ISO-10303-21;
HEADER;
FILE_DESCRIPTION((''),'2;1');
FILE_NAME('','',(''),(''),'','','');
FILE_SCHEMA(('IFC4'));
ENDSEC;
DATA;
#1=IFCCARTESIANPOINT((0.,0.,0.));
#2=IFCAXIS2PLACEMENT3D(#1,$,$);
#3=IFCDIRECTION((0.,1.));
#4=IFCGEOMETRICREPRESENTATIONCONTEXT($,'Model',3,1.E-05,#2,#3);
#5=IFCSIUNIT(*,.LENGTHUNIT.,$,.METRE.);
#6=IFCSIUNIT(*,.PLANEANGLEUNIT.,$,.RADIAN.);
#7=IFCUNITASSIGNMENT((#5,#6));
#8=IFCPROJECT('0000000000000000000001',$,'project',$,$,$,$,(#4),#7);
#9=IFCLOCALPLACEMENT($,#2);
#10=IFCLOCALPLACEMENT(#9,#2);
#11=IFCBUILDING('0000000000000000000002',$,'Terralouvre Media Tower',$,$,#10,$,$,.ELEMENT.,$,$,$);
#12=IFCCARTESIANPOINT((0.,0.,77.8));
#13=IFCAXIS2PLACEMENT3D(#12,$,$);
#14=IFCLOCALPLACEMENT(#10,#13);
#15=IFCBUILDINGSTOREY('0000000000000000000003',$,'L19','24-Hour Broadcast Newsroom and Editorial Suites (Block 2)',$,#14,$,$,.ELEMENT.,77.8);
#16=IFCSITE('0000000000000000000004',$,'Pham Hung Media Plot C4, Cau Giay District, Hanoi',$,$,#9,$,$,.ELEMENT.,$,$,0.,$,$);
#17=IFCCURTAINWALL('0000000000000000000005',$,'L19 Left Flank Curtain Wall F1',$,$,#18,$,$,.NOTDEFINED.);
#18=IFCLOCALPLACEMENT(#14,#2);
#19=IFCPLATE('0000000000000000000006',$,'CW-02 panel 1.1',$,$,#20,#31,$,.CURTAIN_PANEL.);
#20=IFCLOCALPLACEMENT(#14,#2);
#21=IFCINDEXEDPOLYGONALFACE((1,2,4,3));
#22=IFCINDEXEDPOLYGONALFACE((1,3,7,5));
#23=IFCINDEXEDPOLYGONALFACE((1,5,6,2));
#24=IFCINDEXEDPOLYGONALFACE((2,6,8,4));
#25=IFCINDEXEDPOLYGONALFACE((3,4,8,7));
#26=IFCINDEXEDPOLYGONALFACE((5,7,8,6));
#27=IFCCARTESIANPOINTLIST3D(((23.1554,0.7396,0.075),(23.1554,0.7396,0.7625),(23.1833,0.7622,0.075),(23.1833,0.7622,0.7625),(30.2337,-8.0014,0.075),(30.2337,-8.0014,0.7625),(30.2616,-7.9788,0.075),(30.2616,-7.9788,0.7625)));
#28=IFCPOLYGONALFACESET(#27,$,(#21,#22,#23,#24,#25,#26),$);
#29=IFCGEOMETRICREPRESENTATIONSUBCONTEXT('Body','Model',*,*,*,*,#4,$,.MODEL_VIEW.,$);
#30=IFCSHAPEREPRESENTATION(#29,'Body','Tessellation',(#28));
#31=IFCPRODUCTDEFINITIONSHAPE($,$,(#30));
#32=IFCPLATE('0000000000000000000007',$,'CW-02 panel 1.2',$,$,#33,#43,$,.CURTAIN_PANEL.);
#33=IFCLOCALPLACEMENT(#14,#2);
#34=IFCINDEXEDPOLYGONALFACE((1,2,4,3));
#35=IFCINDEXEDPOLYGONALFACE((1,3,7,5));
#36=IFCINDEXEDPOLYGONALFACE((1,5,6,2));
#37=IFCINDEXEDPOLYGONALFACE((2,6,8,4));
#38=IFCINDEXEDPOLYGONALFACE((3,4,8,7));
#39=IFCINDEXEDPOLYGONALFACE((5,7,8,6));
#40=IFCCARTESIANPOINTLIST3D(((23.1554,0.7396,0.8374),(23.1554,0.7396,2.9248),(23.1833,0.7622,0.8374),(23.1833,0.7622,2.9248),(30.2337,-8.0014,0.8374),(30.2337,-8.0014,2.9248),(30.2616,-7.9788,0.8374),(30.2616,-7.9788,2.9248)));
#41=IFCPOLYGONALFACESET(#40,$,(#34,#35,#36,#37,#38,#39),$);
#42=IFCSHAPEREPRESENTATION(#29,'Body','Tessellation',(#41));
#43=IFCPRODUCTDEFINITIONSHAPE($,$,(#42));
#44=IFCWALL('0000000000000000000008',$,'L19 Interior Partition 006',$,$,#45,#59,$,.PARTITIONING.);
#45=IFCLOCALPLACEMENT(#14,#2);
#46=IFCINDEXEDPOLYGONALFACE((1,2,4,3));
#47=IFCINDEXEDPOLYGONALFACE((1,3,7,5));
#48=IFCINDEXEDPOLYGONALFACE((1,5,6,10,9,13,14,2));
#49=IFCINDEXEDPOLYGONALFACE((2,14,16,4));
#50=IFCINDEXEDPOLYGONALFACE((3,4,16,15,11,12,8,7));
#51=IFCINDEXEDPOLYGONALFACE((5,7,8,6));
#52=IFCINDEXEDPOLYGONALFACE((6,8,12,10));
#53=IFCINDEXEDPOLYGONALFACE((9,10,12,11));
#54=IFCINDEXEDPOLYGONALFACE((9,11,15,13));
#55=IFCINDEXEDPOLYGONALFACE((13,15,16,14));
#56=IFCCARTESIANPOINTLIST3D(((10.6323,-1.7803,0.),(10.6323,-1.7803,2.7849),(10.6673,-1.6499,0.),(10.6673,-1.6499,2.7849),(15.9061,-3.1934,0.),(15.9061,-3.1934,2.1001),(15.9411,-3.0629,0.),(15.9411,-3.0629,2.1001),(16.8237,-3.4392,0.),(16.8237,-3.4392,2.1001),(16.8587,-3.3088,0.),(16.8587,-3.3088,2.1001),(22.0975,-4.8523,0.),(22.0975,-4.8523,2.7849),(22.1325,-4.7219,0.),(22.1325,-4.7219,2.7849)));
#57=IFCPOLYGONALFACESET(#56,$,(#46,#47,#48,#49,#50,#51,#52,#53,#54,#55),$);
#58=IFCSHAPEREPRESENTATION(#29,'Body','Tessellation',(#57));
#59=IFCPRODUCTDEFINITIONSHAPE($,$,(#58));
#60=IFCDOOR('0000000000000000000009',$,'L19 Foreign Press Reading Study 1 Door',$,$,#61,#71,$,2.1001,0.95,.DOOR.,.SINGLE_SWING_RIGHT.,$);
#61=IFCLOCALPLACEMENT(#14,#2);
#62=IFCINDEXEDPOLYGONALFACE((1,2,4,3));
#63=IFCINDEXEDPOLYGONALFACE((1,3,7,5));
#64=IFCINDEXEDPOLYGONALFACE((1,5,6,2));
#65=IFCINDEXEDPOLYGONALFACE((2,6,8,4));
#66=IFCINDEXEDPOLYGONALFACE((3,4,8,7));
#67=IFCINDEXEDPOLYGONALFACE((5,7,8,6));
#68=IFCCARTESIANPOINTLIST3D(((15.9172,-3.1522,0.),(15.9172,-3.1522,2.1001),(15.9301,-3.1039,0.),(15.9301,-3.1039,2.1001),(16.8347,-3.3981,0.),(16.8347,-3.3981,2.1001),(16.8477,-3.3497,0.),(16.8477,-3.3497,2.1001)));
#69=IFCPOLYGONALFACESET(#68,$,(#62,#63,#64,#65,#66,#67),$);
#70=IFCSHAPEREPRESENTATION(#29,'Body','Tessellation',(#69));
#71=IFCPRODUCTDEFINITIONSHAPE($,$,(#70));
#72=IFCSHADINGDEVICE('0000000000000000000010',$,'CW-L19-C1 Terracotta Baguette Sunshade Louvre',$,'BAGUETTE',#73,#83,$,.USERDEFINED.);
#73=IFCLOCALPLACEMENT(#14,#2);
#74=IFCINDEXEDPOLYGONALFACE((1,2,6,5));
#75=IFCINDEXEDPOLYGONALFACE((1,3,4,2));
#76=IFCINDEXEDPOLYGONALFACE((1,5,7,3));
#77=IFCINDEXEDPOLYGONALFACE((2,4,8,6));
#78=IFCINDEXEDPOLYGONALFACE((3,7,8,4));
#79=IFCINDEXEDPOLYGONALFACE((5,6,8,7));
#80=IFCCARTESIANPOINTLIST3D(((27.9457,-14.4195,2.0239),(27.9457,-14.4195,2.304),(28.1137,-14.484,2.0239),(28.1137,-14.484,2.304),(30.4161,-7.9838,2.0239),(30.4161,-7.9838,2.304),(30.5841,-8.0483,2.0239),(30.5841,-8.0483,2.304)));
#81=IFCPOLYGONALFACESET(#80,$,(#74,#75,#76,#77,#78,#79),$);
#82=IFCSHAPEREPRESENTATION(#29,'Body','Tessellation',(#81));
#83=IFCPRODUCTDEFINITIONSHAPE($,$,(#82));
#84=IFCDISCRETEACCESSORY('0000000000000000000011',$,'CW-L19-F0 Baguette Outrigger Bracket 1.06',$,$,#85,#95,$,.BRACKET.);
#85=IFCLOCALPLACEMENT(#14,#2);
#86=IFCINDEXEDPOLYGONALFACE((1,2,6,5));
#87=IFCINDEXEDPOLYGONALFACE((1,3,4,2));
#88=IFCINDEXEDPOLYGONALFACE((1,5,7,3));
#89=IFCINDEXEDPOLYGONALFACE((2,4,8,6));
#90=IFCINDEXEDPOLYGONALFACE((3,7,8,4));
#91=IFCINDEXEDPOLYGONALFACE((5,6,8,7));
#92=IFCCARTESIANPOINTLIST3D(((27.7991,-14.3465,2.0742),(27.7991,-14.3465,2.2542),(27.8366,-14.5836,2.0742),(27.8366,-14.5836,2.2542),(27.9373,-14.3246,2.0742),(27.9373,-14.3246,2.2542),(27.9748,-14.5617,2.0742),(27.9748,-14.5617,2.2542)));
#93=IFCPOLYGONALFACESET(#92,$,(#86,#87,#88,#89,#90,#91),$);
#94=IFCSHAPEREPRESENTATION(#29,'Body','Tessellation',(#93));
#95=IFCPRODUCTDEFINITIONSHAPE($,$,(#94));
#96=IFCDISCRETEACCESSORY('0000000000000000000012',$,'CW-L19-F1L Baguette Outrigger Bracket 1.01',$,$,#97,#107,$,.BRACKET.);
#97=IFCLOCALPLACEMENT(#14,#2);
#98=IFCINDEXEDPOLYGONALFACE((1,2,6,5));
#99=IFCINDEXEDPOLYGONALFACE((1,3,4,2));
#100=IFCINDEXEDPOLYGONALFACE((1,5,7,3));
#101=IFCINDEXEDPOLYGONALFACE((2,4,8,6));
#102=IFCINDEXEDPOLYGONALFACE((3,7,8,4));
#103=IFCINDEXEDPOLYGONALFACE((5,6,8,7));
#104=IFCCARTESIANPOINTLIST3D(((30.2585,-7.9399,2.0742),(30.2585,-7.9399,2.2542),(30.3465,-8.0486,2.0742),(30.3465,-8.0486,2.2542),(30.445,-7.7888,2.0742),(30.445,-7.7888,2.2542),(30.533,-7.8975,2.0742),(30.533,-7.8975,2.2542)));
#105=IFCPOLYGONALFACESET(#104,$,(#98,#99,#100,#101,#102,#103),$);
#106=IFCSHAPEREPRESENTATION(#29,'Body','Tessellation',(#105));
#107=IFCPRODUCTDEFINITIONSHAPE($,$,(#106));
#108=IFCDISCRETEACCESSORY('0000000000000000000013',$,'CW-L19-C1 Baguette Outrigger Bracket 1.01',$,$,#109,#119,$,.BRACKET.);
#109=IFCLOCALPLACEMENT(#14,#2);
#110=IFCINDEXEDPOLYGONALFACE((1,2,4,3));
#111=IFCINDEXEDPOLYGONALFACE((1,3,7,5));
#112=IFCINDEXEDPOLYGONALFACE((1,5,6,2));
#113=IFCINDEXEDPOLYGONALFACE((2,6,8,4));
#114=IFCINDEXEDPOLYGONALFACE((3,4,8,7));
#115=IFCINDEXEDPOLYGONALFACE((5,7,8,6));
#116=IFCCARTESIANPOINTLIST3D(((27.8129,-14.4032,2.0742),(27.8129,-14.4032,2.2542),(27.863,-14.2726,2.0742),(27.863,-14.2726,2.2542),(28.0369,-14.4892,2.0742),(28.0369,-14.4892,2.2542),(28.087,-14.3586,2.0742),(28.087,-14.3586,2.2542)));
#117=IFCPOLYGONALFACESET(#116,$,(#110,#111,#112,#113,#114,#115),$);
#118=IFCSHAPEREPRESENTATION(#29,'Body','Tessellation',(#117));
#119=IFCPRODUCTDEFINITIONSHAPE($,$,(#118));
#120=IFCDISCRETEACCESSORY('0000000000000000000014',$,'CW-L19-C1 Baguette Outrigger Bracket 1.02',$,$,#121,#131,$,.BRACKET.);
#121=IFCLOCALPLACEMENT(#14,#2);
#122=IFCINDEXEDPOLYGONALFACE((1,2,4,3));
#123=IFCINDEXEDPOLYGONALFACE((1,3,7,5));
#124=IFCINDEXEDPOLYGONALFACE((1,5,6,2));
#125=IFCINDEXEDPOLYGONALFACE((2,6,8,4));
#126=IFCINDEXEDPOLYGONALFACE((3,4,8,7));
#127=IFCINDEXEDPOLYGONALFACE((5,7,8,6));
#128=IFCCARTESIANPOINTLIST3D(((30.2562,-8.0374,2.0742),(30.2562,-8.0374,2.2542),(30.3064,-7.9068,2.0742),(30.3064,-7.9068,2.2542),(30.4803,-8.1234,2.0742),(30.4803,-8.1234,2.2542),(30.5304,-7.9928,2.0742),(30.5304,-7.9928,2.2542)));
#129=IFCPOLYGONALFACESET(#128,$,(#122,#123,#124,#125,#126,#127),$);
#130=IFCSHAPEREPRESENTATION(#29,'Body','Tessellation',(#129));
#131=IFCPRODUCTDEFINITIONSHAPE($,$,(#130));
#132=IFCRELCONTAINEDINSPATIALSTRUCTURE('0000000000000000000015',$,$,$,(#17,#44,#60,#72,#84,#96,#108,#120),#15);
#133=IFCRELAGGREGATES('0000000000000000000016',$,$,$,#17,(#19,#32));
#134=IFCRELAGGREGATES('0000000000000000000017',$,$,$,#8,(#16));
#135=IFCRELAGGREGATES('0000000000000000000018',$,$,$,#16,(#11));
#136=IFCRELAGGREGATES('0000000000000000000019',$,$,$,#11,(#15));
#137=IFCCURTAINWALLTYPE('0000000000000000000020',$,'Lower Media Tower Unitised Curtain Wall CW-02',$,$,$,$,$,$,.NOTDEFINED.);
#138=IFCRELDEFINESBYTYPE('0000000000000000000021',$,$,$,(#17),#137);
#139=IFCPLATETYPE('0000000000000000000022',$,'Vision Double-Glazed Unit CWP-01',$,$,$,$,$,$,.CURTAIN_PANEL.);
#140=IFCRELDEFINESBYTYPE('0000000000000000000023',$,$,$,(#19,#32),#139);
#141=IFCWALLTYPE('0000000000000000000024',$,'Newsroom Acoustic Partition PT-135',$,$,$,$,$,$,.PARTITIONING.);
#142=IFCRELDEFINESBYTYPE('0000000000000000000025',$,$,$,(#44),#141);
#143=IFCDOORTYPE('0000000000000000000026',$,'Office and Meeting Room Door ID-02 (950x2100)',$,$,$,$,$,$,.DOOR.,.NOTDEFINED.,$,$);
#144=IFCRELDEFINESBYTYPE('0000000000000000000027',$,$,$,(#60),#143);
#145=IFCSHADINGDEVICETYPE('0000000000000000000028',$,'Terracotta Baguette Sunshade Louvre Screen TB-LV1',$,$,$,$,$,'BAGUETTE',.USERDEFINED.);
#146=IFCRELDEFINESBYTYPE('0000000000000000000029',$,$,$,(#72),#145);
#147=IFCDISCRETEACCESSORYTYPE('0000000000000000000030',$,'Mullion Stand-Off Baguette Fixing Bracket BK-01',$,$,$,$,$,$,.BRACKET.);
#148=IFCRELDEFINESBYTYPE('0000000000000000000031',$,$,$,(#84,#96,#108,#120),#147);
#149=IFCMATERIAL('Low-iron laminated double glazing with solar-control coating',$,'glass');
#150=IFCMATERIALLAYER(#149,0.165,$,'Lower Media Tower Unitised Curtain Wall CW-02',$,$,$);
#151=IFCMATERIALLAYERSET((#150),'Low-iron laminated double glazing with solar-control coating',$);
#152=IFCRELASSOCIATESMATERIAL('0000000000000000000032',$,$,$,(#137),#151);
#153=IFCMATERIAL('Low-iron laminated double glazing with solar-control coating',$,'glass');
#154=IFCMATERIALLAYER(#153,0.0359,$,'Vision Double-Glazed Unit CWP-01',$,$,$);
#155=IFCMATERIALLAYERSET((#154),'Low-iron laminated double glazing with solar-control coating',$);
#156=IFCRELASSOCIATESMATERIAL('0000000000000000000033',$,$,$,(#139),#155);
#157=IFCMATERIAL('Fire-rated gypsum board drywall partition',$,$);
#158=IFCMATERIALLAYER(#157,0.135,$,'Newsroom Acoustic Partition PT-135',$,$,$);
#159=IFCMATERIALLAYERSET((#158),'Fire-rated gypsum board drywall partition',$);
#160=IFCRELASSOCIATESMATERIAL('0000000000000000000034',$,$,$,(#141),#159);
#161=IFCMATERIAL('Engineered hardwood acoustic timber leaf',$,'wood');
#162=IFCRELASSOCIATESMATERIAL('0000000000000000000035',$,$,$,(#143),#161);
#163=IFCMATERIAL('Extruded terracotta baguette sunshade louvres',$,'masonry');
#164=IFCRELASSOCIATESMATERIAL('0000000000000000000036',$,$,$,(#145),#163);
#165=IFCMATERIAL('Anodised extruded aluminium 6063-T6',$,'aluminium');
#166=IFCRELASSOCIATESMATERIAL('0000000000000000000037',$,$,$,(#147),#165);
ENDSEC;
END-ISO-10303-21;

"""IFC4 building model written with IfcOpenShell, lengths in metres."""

from ifc_helpers import new_model, si_unit, direction, frame, frame_2d, origin, origin_2d, place, context, subcontext, project, spatial, rectangle, extrude, material, layer, layer_set, type_object, element, fill, aggregate, save


model = new_model("IFC4")

# Units and contexts
model_context = context("Model", 3, precision=1e-05, world=origin(), true_north=direction((0.0, 1.0)))
body_context = subcontext(model_context, "Body", "Model", "MODEL_VIEW")
ifc_project = project(units=[si_unit("LENGTHUNIT", "METRE"), si_unit("PLANEANGLEUNIT", "RADIAN")], contexts=[model_context])

# Site, building, storey
site_placement = place(None, origin())
site = spatial("IfcSite", under=ifc_project, at=site_placement, Name="Pham Hung Media Plot C4, Cau Giay District, Hanoi", CompositionType="ELEMENT", RefElevation=0.0)
building_placement = place(site_placement, origin())
building = spatial("IfcBuilding", under=site, at=building_placement, Name="Terralouvre Media Tower", CompositionType="ELEMENT")
storey_placement = place(building_placement, frame((0.0, 0.0, 77.8)))
storey = spatial("IfcBuildingStorey", under=building, at=storey_placement, Name="L19", Description="24-Hour Broadcast Newsroom and Editorial Suites (Block 2)", CompositionType="ELEMENT", Elevation=77.8)

# Curtain wall
ifc_material_1 = material(Name="Low-iron laminated double glazing with solar-control coating", Category="glass")
ifc_layer_1 = layer(ifc_material_1, 0.165, Name="Lower Media Tower Unitised Curtain Wall CW-02")
ifc_layer_set_1 = layer_set([ifc_layer_1], Name="Low-iron laminated double glazing with solar-control coating")
curtain_wall_type_1 = type_object("IfcCurtainWallType", Name="Lower Media Tower Unitised Curtain Wall CW-02", PredefinedType="NOTDEFINED", material=ifc_layer_set_1)
curtain_wall_1_placement = place(storey_placement, origin())
curtain_wall_1 = element("IfcCurtainWall", 1, at=curtain_wall_1_placement, inside=storey, type_object=curtain_wall_type_1, Name="L19 Left Flank Curtain Wall F1", PredefinedType="NOTDEFINED")

# Plates
ifc_material_2 = material(Name="Low-iron laminated double glazing with solar-control coating", Category="glass")
ifc_layer_2 = layer(ifc_material_2, 0.0359, Name="Vision Double-Glazed Unit CWP-01")
ifc_layer_set_2 = layer_set([ifc_layer_2], Name="Low-iron laminated double glazing with solar-control coating")
plate_type_1 = type_object("IfcPlateType", Name="Vision Double-Glazed Unit CWP-01", PredefinedType="CURTAIN_PANEL", material=ifc_layer_set_2)
plate_1_placement = place(storey_placement, frame((26.7085, -3.6196, 0.075), z_axis=(0.0, 0.0, 1.0), x_axis=(-0.62932, 0.777146, 0.0)))
plate_1 = element("IfcPlate", 2, at=plate_1_placement, type_object=plate_type_1, Name="CW-02 panel 1.1", PredefinedType="CURTAIN_PANEL", context=body_context, shape_type="SweptSolid", body=[
    extrude(rectangle(XDim=11.2476, YDim=0.0359, at=origin_2d()), origin(), (0.0, 0.0, 1.0), 0.6875),
])
plate_2_placement = place(storey_placement, frame((26.7085, -3.6196, 0.8374), z_axis=(0.0, 0.0, 1.0), x_axis=(-0.62932, 0.777146, 0.0)))
plate_2 = element("IfcPlate", 3, at=plate_2_placement, type_object=plate_type_1, Name="CW-02 panel 1.2", PredefinedType="CURTAIN_PANEL", context=body_context, shape_type="SweptSolid", body=[
    extrude(rectangle(XDim=11.2476, YDim=0.0359, at=origin_2d()), origin(), (0.0, 0.0, 1.0), 2.0874),
])
aggregate(curtain_wall_1, [plate_1, plate_2])

# Wall, opening, door
ifc_material_3 = material(Name="Fire-rated gypsum board drywall partition")
ifc_layer_3 = layer(ifc_material_3, 0.135, Name="Newsroom Acoustic Partition PT-135")
ifc_layer_set_3 = layer_set([ifc_layer_3], Name="Fire-rated gypsum board drywall partition")
wall_type = type_object("IfcWallType", Name="Newsroom Acoustic Partition PT-135", PredefinedType="PARTITIONING", material=ifc_layer_set_3)
wall_placement = place(storey_placement, frame((22.115, -4.7871, 0.0), z_axis=(0.0, 0.0, 1.0), x_axis=(-0.965927, 0.258816, 0.0)))
wall = element("IfcWall", 4, at=wall_placement, inside=storey, type_object=wall_type, Name="L19 Interior Partition 006", PredefinedType="PARTITIONING", context=body_context, shape_type="SweptSolid", body=[
    extrude(rectangle(XDim=11.8696, YDim=0.135, at=frame_2d((5.9348, 0.0))), origin(), (0.0, 0.0, 1.0), 2.7849),
])
opening_placement = place(wall_placement, frame((5.4597, 0.0, 0.0)))
opening = element("IfcOpeningElement", 5, at=opening_placement, cuts=wall, PredefinedType="OPENING", context=body_context, shape_type="SweptSolid", body=[
    extrude(rectangle(XDim=0.95, YDim=2.1001, at=frame_2d((0.4751, 1.05))), frame((0.0, 0.0774, 0.0), z_axis=(0.0, -1.0, 0.0), x_axis=(1.0, 0.0, 0.0)), (0.0, 0.0, 1.0), 0.155),
])
ifc_material_4 = material(Name="Engineered hardwood acoustic timber leaf", Category="wood")
door_type = type_object("IfcDoorType", Name="Office and Meeting Room Door ID-02 (950x2100)", OperationType="NOTDEFINED", PredefinedType="DOOR", material=ifc_material_4)
door_placement = place(opening_placement, origin())
door = element("IfcDoor", 6, at=door_placement, inside=storey, type_object=door_type, Name="L19 Foreign Press Reading Study 1 Door", OperationType="SINGLE_SWING_RIGHT", OverallHeight=2.1001, OverallWidth=0.95, PredefinedType="DOOR", context=body_context, shape_type="SweptSolid", body=[
    extrude(rectangle(XDim=0.95, YDim=2.1001, at=frame_2d((0.4751, 1.05))), frame((0.0, 0.0249, 0.0), z_axis=(0.0, -1.0, 0.0), x_axis=(1.0, 0.0, 0.0)), (0.0, 0.0, 1.0), 0.05),
])
fill(opening, door)

# Shading device
ifc_material_5 = material(Name="Extruded terracotta baguette sunshade louvres", Category="masonry")
shading_device_type = type_object("IfcShadingDeviceType", Name="Terracotta Baguette Sunshade Louvre Screen TB-LV1", ElementType="BAGUETTE", PredefinedType="USERDEFINED", material=ifc_material_5)
shading_device_placement = place(storey_placement, frame((29.2649, -11.2339, 2.0239), z_axis=(0.0, 0.0, 1.0), x_axis=(0.358367, 0.933581, 0.0)))
element("IfcShadingDevice", 7, at=shading_device_placement, inside=storey, type_object=shading_device_type, Name="CW-L19-C1 Terracotta Baguette Sunshade Louvre", ObjectType="BAGUETTE", PredefinedType="USERDEFINED", context=body_context, shape_type="SweptSolid", body=[
    extrude(rectangle(XDim=6.8936, YDim=0.1799, at=origin_2d()), origin(), (0.0, 0.0, 1.0), 0.28),
])

# Discrete accessories
ifc_material_6 = material(Name="Anodised extruded aluminium 6063-T6", Category="aluminium")
discrete_accessory_type = type_object("IfcDiscreteAccessoryType", Name="Mullion Stand-Off Baguette Fixing Bracket BK-01", PredefinedType="BRACKET", material=ifc_material_6)
for number, where, z_axis, x_axis, name in (
    (8, (27.887, -14.4541, 2.0742), (0.0, 0.0, 1.0), (0.987688, 0.156434, 0.0), "CW-L19-F0 Baguette Outrigger Bracket 1.06"),
    (9, (30.3958, -7.9187, 2.0742), (0.0, 0.0, 1.0), (-0.62932, 0.777146, 0.0), "CW-L19-F1L Baguette Outrigger Bracket 1.01"),
    (10, (27.95, -14.3809, 2.0742), (0.0, 0.0, 1.0), (0.358367, 0.933581, 0.0), "CW-L19-C1 Baguette Outrigger Bracket 1.01"),
    (11, (30.3933, -8.0151, 2.0742), (0.0, 0.0, 1.0), (0.358367, 0.933581, 0.0), "CW-L19-C1 Baguette Outrigger Bracket 1.02"),
):
    element("IfcDiscreteAccessory", number, at=place(storey_placement, frame(where, z_axis=z_axis, x_axis=x_axis)), inside=storey, type_object=discrete_accessory_type, Name=name, PredefinedType="BRACKET", context=body_context, shape_type="SweptSolid", body=[
        extrude(rectangle(XDim=0.1399, YDim=0.24, at=origin_2d()), origin(), (0.0, 0.0, 1.0), 0.1799),
    ])

save(model, "model.ifc")
